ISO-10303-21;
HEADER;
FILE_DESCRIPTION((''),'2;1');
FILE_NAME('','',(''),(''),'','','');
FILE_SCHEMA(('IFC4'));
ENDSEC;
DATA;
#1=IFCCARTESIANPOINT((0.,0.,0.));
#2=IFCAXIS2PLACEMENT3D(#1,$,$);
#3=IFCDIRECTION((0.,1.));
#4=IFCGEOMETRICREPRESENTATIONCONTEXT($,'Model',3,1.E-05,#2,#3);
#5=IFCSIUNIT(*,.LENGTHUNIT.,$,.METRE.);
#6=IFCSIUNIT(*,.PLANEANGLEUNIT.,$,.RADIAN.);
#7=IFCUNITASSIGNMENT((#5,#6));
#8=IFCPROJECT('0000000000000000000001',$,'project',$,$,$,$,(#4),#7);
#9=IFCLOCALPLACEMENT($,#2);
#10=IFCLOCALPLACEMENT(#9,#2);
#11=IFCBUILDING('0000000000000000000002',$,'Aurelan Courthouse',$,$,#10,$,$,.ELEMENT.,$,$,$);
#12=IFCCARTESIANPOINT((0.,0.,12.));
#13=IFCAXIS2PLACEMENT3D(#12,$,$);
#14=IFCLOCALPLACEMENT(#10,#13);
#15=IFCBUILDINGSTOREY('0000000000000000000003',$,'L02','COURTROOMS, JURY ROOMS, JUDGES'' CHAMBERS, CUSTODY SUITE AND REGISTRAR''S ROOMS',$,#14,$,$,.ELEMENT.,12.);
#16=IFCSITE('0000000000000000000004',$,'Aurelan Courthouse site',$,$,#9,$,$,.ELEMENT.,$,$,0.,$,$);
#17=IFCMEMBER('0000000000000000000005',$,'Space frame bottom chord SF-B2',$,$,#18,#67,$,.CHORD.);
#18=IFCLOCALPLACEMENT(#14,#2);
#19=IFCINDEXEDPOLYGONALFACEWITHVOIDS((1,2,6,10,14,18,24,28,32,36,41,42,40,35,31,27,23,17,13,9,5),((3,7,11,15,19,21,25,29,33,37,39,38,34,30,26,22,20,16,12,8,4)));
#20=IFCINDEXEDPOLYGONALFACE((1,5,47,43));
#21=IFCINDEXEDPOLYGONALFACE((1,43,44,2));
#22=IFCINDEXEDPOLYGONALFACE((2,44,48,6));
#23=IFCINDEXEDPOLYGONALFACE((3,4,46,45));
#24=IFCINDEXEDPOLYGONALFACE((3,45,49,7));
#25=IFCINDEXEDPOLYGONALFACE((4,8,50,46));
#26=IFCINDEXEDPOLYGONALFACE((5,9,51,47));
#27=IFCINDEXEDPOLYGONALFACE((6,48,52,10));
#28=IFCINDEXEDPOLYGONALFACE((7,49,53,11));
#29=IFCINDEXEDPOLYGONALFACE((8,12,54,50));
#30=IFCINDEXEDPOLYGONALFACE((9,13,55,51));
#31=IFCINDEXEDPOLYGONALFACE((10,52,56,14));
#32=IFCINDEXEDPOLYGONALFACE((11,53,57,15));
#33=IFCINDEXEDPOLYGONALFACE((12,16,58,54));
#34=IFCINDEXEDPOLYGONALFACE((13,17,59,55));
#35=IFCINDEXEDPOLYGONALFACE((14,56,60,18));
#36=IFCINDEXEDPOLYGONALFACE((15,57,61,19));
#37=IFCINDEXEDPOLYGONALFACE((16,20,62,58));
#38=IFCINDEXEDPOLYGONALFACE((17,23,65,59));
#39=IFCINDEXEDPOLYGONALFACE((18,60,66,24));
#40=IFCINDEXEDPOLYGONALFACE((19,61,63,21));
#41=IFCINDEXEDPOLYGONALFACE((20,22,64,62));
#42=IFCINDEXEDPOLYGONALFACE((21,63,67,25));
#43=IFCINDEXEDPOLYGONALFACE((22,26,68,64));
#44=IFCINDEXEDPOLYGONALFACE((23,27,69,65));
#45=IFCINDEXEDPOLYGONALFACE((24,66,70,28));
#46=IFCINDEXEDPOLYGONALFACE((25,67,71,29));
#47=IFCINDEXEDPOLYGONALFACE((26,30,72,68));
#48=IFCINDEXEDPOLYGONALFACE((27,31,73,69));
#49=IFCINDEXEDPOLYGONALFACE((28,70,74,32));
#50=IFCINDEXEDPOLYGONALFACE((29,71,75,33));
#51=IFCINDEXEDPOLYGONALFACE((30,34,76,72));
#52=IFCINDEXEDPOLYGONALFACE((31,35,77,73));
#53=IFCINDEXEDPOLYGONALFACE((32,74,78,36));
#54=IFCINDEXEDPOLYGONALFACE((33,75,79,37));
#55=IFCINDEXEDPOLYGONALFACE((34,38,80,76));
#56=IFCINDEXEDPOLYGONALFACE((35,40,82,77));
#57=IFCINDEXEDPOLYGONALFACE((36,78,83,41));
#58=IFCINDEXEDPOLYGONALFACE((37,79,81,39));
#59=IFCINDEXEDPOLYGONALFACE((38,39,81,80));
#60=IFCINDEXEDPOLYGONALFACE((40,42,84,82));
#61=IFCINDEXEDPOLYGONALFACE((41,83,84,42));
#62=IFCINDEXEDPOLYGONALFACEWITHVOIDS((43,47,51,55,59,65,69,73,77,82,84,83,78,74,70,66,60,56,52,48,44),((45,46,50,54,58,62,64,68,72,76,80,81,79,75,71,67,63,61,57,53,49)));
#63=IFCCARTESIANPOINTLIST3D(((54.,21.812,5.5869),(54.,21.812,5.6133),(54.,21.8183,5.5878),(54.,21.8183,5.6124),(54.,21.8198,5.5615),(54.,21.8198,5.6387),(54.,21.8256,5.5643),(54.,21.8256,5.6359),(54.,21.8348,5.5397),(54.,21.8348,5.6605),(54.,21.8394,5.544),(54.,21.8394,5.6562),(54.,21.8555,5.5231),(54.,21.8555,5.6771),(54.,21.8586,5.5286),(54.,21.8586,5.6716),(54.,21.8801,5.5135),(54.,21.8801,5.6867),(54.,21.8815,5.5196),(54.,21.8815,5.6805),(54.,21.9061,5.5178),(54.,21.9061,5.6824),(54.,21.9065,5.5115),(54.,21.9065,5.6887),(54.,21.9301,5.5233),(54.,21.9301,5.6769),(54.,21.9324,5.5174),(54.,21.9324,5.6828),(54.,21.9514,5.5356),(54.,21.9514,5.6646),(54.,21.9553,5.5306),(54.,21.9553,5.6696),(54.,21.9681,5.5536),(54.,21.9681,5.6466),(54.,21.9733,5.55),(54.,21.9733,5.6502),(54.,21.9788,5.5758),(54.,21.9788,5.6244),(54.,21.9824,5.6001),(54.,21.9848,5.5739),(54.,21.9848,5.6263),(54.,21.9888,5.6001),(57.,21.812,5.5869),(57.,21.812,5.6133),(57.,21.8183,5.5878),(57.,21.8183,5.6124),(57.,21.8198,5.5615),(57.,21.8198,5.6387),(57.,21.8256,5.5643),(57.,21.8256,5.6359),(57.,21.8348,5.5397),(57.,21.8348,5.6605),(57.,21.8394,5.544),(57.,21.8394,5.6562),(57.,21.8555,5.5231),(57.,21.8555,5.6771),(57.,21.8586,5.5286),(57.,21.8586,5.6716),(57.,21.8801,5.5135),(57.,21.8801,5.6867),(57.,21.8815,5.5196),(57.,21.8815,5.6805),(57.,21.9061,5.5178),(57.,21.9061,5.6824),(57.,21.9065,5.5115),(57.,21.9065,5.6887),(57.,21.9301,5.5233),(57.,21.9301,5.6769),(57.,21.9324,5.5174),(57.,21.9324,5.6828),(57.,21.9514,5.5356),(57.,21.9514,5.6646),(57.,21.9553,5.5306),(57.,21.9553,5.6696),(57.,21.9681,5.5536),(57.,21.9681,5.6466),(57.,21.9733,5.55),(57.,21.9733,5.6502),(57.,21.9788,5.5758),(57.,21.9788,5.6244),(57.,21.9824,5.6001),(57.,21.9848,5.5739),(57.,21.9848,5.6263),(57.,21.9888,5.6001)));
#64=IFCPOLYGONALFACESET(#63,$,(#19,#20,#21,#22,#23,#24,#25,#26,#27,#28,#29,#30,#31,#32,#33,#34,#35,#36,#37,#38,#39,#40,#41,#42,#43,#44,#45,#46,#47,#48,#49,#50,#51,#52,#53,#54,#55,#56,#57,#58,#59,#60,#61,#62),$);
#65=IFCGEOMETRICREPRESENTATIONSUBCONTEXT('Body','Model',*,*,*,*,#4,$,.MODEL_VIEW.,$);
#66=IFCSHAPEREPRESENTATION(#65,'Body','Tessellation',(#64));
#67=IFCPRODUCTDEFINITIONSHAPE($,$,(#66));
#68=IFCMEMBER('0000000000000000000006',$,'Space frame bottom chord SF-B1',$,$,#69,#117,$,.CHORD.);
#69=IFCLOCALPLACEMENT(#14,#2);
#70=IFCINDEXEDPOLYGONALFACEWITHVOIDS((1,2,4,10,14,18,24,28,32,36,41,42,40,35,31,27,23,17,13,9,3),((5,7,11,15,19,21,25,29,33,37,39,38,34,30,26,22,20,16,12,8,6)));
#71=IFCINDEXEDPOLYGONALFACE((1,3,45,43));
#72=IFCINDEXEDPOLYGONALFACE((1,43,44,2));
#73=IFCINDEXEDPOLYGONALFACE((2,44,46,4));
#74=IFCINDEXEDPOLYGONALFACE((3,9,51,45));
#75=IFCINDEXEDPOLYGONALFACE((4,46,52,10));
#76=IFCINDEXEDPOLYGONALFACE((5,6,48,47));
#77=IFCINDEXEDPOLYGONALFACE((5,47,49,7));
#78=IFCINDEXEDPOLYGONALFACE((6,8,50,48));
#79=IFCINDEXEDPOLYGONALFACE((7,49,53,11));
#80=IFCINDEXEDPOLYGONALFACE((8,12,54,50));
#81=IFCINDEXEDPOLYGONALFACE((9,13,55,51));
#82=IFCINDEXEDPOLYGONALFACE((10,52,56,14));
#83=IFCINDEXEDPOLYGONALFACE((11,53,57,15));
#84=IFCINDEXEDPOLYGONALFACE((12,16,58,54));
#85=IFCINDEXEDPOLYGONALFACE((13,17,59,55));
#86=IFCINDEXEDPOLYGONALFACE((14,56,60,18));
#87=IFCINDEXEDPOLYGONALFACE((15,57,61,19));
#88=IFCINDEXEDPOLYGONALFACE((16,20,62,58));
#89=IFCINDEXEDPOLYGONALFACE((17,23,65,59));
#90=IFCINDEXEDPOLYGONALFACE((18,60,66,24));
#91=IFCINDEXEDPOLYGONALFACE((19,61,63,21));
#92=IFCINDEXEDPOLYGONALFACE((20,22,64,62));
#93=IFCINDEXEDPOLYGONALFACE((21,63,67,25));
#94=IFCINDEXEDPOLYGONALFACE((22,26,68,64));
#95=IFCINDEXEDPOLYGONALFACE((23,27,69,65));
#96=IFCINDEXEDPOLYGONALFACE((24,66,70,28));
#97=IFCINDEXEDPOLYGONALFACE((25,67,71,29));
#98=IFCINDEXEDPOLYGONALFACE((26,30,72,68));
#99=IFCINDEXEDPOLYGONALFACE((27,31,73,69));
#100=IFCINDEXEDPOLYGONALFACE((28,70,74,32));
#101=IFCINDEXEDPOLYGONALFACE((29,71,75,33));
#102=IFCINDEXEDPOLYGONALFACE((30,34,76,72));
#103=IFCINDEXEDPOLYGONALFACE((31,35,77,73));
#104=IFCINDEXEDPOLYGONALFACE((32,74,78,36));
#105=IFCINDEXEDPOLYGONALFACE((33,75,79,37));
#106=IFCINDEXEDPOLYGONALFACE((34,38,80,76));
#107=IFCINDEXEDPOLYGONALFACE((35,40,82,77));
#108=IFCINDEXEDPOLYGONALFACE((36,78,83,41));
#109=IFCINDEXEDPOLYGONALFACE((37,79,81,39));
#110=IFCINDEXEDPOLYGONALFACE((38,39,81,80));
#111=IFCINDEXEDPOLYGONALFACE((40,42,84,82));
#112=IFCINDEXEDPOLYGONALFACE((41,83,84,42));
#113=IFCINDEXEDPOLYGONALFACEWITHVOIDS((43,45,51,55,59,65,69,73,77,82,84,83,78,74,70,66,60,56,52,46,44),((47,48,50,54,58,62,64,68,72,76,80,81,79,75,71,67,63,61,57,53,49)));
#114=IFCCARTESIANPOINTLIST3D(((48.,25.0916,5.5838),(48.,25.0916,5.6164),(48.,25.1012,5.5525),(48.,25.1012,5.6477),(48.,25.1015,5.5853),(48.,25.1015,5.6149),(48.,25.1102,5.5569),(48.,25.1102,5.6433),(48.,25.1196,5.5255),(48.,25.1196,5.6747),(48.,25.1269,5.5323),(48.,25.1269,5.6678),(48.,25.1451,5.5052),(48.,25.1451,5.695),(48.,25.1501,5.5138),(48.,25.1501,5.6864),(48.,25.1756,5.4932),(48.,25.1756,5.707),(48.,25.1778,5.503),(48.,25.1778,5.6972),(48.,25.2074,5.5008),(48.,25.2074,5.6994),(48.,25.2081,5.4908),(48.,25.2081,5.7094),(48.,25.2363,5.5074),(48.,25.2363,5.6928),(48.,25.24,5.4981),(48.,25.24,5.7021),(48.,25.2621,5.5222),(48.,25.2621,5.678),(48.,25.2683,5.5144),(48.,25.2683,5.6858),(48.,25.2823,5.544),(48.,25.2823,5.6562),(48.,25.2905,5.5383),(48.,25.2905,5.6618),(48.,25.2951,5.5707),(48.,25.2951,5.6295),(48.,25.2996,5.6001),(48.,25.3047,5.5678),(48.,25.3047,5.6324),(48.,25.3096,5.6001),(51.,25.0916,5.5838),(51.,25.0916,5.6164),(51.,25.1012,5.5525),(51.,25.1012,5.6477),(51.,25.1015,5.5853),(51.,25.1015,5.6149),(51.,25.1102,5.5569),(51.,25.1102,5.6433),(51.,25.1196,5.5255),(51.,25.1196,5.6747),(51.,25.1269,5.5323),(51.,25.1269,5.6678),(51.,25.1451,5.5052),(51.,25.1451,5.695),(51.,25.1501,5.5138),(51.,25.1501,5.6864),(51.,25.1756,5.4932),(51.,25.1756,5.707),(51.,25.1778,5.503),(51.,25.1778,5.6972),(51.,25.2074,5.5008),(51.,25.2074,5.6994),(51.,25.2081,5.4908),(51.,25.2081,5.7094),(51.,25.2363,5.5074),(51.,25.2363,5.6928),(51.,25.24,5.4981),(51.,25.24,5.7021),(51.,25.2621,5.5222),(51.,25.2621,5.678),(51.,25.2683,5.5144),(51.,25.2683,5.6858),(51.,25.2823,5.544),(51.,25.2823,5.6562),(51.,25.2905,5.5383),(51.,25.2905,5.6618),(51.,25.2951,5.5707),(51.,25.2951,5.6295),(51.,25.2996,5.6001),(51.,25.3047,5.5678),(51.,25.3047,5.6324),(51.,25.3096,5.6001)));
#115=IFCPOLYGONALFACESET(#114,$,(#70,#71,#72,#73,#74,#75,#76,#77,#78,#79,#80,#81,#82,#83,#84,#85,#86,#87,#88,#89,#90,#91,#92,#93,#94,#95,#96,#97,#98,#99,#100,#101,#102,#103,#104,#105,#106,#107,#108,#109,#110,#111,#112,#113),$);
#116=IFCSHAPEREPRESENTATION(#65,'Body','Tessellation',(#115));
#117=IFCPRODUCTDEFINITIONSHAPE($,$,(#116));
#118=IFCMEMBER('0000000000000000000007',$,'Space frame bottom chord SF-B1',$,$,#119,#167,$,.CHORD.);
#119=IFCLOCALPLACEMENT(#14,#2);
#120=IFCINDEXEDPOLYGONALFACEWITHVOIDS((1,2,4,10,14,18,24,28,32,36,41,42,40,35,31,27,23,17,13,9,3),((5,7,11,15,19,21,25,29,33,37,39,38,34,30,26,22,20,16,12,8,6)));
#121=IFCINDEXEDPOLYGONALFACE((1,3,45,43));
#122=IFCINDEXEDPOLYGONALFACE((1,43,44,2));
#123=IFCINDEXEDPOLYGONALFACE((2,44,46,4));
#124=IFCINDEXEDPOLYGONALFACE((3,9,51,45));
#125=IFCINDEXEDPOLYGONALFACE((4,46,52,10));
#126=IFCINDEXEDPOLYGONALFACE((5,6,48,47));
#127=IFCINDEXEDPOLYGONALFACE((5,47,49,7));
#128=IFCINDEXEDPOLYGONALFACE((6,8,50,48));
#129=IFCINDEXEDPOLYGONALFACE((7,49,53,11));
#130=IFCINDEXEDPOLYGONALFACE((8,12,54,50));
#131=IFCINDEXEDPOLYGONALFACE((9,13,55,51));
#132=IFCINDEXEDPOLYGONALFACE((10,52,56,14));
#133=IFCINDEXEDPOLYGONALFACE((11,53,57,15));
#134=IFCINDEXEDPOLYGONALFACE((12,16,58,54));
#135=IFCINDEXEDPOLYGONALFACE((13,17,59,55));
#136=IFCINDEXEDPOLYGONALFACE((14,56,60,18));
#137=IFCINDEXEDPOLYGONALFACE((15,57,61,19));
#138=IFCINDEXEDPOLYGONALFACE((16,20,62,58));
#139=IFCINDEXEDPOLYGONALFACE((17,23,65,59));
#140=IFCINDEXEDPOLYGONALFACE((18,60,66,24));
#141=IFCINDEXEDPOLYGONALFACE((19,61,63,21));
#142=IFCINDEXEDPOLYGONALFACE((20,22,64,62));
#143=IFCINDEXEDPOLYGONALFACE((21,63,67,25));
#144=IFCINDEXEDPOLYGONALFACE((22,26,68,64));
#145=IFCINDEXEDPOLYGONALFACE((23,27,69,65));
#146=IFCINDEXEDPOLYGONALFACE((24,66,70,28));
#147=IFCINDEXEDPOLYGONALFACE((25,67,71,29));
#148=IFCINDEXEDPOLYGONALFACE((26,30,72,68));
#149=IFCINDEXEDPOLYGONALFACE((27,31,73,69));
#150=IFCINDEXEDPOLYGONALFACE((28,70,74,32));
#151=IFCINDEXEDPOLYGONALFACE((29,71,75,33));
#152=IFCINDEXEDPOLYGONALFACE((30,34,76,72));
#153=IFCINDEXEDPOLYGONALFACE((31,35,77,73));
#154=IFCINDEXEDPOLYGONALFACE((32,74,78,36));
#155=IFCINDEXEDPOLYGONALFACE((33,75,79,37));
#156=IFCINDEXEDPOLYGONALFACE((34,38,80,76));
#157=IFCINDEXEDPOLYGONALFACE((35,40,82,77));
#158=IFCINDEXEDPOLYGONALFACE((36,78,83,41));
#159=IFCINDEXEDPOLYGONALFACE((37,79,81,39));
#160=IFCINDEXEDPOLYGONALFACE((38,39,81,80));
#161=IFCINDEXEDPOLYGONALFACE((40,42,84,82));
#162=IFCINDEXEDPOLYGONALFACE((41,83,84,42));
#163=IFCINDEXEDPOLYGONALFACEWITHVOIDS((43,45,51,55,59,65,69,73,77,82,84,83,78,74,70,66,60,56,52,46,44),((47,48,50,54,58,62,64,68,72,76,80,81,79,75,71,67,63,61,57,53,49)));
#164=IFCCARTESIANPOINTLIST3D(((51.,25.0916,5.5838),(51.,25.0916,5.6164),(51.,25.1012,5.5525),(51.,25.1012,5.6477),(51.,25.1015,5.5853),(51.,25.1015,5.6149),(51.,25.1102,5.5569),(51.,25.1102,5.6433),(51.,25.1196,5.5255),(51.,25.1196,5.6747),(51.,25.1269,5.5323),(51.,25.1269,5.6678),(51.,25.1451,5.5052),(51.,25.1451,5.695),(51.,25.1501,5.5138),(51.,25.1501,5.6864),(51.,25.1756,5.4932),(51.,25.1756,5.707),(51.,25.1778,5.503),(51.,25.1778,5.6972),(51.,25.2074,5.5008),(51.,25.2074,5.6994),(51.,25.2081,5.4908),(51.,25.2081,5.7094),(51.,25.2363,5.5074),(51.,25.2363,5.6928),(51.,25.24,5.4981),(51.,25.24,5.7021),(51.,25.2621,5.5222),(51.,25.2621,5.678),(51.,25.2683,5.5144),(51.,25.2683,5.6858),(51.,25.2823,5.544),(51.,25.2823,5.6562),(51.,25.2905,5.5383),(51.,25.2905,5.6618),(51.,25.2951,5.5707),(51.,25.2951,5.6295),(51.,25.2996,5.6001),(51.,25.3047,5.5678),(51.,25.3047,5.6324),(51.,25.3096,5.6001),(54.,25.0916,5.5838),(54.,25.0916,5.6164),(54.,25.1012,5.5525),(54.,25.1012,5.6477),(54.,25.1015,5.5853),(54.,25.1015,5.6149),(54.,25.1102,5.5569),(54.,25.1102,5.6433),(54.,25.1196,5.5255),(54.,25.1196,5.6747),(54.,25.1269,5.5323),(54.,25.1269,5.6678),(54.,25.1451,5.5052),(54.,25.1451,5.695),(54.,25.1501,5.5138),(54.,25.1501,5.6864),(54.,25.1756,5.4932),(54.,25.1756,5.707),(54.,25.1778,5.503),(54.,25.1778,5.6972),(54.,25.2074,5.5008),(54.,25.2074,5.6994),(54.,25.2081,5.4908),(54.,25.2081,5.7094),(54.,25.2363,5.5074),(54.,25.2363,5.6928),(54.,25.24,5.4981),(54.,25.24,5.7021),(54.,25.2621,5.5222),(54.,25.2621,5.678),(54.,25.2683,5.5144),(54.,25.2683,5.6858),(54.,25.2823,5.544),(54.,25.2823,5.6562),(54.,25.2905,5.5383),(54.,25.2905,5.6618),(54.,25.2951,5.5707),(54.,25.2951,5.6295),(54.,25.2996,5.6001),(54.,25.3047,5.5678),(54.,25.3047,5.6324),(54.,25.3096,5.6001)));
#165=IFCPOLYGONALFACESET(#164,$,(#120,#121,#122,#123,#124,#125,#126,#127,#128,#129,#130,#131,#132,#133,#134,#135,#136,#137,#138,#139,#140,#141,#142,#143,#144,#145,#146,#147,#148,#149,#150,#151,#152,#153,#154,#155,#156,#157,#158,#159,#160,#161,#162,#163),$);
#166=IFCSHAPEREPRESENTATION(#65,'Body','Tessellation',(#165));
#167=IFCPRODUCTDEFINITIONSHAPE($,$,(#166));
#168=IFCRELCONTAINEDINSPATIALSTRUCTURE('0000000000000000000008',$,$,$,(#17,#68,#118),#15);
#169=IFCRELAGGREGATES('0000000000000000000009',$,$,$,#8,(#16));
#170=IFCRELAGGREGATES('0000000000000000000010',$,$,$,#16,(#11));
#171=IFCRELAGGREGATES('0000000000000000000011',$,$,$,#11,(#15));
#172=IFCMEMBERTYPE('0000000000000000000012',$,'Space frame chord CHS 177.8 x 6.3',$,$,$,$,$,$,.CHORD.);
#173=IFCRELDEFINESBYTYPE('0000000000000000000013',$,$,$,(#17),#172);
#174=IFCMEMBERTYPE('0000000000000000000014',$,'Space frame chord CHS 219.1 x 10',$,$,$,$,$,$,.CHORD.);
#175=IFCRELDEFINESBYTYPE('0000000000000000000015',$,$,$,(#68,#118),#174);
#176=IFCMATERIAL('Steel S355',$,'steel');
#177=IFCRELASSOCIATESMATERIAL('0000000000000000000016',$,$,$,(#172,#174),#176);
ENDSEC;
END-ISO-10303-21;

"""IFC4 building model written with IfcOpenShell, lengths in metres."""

from ifc_helpers import new_model, si_unit, direction, frame, origin, origin_2d, place, context, subcontext, project, spatial, hollow_circle, extrude, material, material_profile, profile_set, type_object, element, save


model = new_model("IFC4")

# Units and contexts
model_context = context("Model", 3, precision=1e-05, world=origin(), true_north=direction((0.0, 1.0)))
body_context = subcontext(model_context, "Body", "Model", "MODEL_VIEW")
ifc_project = project(units=[si_unit("LENGTHUNIT", "METRE"), si_unit("PLANEANGLEUNIT", "RADIAN")], contexts=[model_context])

# Site, building, storey
site_placement = place(None, origin())
site = spatial("IfcSite", under=ifc_project, at=site_placement, Name="Aurelan Courthouse site", CompositionType="ELEMENT", RefElevation=0.0)
building_placement = place(site_placement, origin())
building = spatial("IfcBuilding", under=site, at=building_placement, Name="Aurelan Courthouse", CompositionType="ELEMENT")
storey_placement = place(building_placement, frame((0.0, 0.0, 12.0)))
storey = spatial("IfcBuildingStorey", under=building, at=storey_placement, Name="L02", Description="COURTROOMS, JURY ROOMS, JUDGES' CHAMBERS, CUSTODY SUITE AND REGISTRAR'S ROOMS", CompositionType="ELEMENT", Elevation=12.0)

# Shared definitions
ifc_material_1 = material(Name="Steel S355", Category="steel")

# Members
ifc_material_profile_1 = material_profile(ifc_material_1, hollow_circle(Radius=0.0889, WallThickness=0.0063, at=origin_2d()), Name="CHS 177.8 x 6.3")
ifc_profile_set_1 = profile_set([ifc_material_profile_1], Name="Steel S355")
member_type_1 = type_object("IfcMemberType", Name="Space frame chord CHS 177.8 x 6.3", PredefinedType="CHORD", material=ifc_profile_set_1)
for number, where, z_axis, x_axis, name in (
    (1, (54.0, 21.8999, 5.6001), (1.0, 0.0, 0.0), (0.0, 1.0, 0.0), "Space frame bottom chord SF-B2"),
):
    element("IfcMember", number, at=place(storey_placement, frame(where, z_axis=z_axis, x_axis=x_axis)), inside=storey, type_object=member_type_1, Name=name, PredefinedType="CHORD", context=body_context, shape_type="SweptSolid", body=[
        extrude(hollow_circle(Radius=0.0889, WallThickness=0.0063, at=origin_2d()), origin(), (0.0, 0.0, 1.0), 3.0),
    ])
ifc_material_profile_2 = material_profile(ifc_material_1, hollow_circle(Radius=0.1096, WallThickness=0.01, at=origin_2d()), Name="CHS 219.1 x 10")
ifc_profile_set_2 = profile_set([ifc_material_profile_2], Name="Steel S355")
member_type_2 = type_object("IfcMemberType", Name="Space frame chord CHS 219.1 x 10", PredefinedType="CHORD", material=ifc_profile_set_2)
for number, where, z_axis, x_axis, name in (
    (2, (48.0, 25.2, 5.6001), (1.0, 0.0, 0.0), (0.0, 1.0, 0.0), "Space frame bottom chord SF-B1"),
    (3, (51.0, 25.2, 5.6001), (1.0, 0.0, 0.0), (0.0, 1.0, 0.0), "Space frame bottom chord SF-B1"),
):
    element("IfcMember", number, at=place(storey_placement, frame(where, z_axis=z_axis, x_axis=x_axis)), inside=storey, type_object=member_type_2, Name=name, PredefinedType="CHORD", context=body_context, shape_type="SweptSolid", body=[
        extrude(hollow_circle(Radius=0.1096, WallThickness=0.01, at=origin_2d()), origin(), (0.0, 0.0, 1.0), 3.0),
    ])

save(model, "model.ifc")
